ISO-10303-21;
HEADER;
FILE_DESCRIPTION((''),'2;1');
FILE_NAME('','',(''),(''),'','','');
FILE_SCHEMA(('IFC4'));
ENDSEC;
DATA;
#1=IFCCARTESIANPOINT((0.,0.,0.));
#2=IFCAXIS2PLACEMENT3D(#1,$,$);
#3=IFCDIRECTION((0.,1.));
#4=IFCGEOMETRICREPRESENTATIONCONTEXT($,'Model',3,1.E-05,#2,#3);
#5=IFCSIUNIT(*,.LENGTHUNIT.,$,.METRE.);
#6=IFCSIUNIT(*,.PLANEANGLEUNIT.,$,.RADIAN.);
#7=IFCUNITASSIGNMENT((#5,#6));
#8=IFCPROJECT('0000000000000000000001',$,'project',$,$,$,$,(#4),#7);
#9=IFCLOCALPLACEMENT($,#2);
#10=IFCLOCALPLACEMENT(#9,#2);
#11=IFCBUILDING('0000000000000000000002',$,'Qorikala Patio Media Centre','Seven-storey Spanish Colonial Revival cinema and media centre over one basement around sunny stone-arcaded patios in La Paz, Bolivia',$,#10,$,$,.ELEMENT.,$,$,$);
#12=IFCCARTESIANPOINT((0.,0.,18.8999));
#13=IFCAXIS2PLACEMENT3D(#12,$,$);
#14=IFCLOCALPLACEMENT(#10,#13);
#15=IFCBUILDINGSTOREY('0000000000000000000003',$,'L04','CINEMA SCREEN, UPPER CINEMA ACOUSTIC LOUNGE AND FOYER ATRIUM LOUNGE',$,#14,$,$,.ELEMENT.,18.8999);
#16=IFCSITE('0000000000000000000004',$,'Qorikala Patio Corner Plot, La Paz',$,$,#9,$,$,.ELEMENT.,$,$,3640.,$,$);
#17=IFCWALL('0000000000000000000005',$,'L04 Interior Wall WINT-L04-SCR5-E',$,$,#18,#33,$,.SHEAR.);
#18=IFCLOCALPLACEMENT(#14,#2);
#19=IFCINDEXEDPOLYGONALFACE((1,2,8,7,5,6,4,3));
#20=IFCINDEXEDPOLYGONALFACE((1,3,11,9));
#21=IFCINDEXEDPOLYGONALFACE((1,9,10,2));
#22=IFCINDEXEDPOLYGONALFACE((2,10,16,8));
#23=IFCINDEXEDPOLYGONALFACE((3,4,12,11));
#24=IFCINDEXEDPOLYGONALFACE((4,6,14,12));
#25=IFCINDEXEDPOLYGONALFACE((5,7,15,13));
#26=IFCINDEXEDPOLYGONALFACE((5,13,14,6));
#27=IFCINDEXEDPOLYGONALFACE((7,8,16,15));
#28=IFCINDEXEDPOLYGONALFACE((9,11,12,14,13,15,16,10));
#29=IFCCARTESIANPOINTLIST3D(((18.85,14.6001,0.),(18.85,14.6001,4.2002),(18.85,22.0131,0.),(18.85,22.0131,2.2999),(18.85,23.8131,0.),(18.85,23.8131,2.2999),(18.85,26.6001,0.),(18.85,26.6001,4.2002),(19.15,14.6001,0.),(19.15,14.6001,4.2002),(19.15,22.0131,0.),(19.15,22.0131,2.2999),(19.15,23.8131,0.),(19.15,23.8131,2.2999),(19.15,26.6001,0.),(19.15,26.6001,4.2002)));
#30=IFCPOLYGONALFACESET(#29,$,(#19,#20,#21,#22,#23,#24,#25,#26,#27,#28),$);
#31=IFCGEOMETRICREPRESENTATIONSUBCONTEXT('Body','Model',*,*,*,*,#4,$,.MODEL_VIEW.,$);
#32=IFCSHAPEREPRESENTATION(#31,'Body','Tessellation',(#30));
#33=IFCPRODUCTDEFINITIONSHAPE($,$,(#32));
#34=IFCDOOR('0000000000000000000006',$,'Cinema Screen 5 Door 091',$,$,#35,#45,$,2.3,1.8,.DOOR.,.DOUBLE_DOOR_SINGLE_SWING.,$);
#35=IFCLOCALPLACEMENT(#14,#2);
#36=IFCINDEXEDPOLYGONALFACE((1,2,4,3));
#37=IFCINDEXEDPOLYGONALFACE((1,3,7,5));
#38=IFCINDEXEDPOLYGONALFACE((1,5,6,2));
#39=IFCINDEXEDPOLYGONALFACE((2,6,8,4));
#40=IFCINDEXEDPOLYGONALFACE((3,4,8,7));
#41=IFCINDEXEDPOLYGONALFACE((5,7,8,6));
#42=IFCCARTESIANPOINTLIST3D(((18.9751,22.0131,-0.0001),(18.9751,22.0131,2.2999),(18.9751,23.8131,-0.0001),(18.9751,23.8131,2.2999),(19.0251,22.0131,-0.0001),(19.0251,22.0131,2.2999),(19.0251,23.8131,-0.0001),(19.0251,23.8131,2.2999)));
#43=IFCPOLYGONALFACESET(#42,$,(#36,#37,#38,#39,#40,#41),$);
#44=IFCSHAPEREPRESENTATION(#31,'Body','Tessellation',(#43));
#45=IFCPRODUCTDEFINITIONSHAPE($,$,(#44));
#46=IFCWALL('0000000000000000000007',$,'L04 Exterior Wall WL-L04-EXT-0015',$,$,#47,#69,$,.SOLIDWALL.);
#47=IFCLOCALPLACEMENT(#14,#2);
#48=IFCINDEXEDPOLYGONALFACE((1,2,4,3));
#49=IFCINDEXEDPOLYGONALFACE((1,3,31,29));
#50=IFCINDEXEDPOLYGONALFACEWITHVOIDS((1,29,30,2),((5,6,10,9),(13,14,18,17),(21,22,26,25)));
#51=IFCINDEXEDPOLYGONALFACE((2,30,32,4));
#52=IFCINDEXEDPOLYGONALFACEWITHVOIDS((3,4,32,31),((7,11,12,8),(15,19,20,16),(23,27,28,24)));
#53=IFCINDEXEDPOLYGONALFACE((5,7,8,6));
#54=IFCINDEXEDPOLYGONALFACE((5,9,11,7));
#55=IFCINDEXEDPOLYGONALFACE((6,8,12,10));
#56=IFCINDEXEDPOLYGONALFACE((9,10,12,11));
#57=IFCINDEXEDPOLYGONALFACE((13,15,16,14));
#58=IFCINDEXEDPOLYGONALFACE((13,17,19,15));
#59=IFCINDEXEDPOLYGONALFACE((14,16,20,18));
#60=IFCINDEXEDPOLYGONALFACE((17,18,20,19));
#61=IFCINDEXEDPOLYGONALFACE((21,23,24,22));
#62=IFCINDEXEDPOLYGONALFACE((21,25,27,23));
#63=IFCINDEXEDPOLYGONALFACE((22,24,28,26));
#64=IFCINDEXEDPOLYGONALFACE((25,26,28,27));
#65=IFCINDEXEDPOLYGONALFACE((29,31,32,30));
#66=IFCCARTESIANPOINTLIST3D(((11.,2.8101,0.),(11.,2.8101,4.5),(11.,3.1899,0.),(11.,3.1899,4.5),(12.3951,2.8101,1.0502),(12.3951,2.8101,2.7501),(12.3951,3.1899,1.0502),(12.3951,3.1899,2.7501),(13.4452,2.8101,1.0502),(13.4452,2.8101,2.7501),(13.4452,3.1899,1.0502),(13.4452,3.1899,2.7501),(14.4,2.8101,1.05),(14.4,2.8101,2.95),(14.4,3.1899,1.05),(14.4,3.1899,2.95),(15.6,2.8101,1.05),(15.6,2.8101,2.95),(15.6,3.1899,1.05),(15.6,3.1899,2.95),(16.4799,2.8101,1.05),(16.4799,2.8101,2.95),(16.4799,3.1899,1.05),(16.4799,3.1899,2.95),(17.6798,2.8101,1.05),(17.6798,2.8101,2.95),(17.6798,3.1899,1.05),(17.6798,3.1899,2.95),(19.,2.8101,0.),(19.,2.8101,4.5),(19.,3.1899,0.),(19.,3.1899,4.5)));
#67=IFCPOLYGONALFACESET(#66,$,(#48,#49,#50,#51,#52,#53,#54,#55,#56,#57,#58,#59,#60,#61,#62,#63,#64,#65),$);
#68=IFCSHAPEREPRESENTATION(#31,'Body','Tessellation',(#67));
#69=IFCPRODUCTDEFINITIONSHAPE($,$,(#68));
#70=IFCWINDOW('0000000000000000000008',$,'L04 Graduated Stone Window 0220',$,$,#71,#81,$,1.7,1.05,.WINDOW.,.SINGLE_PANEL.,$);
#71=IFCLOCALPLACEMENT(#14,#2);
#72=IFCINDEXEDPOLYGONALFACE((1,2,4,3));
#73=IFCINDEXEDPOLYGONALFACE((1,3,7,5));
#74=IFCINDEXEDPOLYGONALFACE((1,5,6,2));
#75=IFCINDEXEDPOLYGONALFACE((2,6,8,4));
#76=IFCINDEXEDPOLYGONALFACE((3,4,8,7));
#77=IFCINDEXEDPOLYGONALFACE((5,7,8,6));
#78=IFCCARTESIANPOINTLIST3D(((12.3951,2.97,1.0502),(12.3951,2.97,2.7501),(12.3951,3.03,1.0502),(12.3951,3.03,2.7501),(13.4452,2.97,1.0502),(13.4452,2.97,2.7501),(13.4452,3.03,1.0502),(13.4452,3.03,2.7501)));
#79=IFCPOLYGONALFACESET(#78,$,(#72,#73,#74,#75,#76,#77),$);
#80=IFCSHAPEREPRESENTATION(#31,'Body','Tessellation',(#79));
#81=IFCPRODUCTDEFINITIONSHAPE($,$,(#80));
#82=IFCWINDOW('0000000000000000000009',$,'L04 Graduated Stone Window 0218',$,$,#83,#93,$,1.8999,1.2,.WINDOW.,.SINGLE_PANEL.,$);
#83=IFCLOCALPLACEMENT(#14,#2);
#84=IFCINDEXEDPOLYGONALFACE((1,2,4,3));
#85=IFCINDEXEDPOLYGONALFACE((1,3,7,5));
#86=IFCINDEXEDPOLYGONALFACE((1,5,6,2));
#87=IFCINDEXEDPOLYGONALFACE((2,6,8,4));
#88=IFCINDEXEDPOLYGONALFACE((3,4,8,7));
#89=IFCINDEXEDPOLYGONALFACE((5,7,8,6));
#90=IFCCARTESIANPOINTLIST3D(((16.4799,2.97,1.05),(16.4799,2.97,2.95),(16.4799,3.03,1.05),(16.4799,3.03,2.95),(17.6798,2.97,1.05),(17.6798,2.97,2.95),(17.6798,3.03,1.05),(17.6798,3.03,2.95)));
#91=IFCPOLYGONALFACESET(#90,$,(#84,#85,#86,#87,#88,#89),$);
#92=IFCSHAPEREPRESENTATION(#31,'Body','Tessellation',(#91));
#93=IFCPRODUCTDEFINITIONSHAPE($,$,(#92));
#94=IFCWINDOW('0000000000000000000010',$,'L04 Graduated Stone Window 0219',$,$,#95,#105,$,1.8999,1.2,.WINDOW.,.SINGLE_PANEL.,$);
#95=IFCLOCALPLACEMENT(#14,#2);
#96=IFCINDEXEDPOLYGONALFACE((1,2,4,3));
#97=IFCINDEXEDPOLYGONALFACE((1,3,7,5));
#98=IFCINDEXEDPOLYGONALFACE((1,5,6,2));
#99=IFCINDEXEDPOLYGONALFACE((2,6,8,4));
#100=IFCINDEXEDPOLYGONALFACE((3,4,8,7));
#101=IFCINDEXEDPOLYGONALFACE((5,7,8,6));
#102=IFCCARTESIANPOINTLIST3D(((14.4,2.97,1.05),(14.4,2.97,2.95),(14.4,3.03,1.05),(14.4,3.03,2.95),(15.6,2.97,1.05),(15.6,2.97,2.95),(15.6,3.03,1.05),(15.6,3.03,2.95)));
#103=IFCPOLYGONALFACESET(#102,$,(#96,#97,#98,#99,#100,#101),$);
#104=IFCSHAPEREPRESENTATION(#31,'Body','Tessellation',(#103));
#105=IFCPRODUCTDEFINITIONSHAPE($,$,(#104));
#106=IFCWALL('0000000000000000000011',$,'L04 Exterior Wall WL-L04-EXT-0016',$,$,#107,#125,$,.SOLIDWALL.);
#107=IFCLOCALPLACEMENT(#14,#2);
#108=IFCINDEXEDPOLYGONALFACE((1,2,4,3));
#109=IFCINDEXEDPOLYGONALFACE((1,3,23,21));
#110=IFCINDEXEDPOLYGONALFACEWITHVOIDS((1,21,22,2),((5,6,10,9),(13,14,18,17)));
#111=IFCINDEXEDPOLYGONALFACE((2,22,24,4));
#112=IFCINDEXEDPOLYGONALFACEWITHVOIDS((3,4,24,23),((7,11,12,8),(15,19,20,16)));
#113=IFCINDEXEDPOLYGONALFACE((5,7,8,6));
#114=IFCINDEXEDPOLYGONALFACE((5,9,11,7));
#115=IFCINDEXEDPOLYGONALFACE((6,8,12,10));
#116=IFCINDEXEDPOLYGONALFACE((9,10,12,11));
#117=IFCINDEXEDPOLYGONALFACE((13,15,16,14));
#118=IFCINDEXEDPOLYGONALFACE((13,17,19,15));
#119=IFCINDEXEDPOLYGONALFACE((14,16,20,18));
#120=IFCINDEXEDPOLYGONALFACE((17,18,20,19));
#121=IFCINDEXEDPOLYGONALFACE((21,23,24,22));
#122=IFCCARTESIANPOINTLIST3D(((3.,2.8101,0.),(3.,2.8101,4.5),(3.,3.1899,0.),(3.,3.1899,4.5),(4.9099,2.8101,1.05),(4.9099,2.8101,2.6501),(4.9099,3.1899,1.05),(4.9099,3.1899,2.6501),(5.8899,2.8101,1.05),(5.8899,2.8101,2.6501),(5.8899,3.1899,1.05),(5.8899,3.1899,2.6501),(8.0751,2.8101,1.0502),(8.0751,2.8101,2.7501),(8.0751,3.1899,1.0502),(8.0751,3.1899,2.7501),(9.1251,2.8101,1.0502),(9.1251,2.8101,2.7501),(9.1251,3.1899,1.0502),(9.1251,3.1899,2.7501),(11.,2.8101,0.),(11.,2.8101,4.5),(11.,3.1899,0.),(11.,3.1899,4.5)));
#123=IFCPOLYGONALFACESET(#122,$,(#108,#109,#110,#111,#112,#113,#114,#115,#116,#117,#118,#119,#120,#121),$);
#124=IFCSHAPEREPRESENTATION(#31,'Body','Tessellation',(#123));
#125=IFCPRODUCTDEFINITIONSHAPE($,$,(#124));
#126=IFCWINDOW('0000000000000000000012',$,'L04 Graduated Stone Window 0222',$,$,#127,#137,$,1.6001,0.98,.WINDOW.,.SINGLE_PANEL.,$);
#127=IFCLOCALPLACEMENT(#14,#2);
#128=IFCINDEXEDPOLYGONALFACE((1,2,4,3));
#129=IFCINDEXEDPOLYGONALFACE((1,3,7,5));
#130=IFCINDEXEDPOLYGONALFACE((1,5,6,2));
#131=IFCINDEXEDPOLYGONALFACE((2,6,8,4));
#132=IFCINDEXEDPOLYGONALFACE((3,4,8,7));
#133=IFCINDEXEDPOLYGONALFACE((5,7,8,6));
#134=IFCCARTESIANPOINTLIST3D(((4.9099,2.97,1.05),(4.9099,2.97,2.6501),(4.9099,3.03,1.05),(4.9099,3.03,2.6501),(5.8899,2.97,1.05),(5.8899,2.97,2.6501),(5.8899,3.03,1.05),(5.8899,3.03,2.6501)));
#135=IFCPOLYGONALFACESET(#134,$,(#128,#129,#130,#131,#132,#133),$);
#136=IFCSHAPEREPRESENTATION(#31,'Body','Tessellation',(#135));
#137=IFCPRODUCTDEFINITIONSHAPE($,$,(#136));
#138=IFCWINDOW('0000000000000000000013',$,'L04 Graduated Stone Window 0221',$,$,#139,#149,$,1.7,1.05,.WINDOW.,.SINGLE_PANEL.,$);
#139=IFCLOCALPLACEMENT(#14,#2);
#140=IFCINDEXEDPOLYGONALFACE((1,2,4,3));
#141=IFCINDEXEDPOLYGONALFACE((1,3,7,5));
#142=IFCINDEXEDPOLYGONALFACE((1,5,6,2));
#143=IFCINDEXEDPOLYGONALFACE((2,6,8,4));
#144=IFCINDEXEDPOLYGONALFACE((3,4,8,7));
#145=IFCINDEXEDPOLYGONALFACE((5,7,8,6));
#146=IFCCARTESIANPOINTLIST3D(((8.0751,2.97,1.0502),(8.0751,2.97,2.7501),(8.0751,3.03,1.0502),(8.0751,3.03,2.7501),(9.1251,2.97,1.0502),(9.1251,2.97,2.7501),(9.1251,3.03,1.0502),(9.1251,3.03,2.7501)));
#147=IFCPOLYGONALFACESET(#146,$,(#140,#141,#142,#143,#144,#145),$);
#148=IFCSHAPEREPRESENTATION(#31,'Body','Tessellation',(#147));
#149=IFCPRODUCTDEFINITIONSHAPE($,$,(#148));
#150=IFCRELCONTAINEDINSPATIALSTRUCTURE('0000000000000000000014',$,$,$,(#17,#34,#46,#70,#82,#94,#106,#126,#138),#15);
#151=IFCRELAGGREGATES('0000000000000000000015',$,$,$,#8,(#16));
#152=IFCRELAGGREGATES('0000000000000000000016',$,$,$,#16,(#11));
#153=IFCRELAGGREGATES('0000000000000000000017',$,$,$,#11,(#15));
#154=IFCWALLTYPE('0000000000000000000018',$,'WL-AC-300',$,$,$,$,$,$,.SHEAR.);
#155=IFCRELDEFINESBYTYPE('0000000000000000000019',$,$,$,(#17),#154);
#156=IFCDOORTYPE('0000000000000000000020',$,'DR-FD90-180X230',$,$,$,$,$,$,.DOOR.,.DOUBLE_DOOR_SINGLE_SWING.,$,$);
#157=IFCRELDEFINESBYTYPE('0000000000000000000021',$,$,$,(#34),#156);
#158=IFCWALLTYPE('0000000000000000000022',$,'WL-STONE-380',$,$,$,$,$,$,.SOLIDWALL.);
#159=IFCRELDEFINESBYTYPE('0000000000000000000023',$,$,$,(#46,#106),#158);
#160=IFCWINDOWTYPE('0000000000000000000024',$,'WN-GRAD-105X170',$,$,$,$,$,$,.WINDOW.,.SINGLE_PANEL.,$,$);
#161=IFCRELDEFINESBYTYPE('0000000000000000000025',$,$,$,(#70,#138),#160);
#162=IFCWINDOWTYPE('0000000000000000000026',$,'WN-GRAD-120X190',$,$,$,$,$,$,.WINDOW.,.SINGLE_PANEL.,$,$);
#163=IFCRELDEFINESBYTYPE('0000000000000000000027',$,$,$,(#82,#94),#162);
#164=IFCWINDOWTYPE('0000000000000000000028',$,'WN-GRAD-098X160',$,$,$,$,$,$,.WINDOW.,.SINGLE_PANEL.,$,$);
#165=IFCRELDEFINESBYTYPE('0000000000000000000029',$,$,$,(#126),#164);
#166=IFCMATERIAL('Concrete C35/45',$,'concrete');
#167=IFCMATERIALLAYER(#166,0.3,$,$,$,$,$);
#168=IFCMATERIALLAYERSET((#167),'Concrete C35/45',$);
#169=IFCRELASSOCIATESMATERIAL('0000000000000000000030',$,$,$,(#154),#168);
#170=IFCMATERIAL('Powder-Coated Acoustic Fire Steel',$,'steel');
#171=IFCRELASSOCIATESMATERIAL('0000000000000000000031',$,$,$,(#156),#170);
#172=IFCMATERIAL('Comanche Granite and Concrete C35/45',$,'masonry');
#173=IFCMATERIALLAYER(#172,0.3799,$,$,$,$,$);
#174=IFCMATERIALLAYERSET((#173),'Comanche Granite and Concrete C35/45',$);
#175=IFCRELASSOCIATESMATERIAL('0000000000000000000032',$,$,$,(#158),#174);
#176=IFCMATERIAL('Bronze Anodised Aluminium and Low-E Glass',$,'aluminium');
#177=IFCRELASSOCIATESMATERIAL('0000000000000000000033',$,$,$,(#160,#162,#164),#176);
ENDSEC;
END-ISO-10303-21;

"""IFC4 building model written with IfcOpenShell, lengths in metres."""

from ifc_helpers import new_model, si_unit, direction, frame, frame_2d, origin, place, context, subcontext, project, spatial, rectangle, extrude, material, layer, layer_set, type_object, element, fill, save


model = new_model("IFC4")

# Units and contexts
model_context = context("Model", 3, precision=1e-05, world=origin(), true_north=direction((0.0, 1.0)))
body_context = subcontext(model_context, "Body", "Model", "MODEL_VIEW")
ifc_project = project(units=[si_unit("LENGTHUNIT", "METRE"), si_unit("PLANEANGLEUNIT", "RADIAN")], contexts=[model_context])

# Site, building, storey
site_placement = place(None, origin())
site = spatial("IfcSite", under=ifc_project, at=site_placement, Name="Qorikala Patio Corner Plot, La Paz", CompositionType="ELEMENT", RefElevation=3640.0)
building_placement = place(site_placement, origin())
building = spatial("IfcBuilding", under=site, at=building_placement, Name="Qorikala Patio Media Centre", Description="Seven-storey Spanish Colonial Revival cinema and media centre over one basement around sunny stone-arcaded patios in La Paz, Bolivia", CompositionType="ELEMENT")
storey_placement = place(building_placement, frame((0.0, 0.0, 18.8999)))
storey = spatial("IfcBuildingStorey", under=building, at=storey_placement, Name="L04", Description="CINEMA SCREEN, UPPER CINEMA ACOUSTIC LOUNGE AND FOYER ATRIUM LOUNGE", CompositionType="ELEMENT", Elevation=18.8999)

# Shared definitions
ifc_material_1 = material(Name="Concrete C35/45", Category="concrete")

# Wall, opening, door
ifc_layer_1 = layer(ifc_material_1, 0.3)
ifc_layer_set_1 = layer_set([ifc_layer_1], Name="Concrete C35/45")
wall_type_1 = type_object("IfcWallType", Name="WL-AC-300", PredefinedType="SHEAR", material=ifc_layer_set_1)
wall_1_placement = place(storey_placement, frame((19.0, 14.6001, 0.0), z_axis=(0.0, 0.0, 1.0), x_axis=(0.0, 1.0, 0.0)))
wall_1 = element("IfcWall", 1, at=wall_1_placement, inside=storey, type_object=wall_type_1, Name="L04 Interior Wall WINT-L04-SCR5-E", PredefinedType="SHEAR", context=body_context, shape_type="SweptSolid", body=[
    extrude(rectangle(XDim=12.0, YDim=0.3, at=frame_2d((6.0, 0.0))), origin(), (0.0, 0.0, 1.0), 4.2002),
])
opening_1_placement = place(wall_1_placement, frame((7.4131, 0.0, 0.0)))
opening_1 = element("IfcOpeningElement", 2, at=opening_1_placement, cuts=wall_1, PredefinedType="OPENING", context=body_context, shape_type="SweptSolid", body=[
    extrude(rectangle(XDim=1.8, YDim=2.3, at=frame_2d((0.8999, 1.1499))), frame((0.0, 0.1599, 0.0), z_axis=(0.0, -1.0, 0.0), x_axis=(1.0, 0.0, 0.0)), (0.0, 0.0, 1.0), 0.3201),
])
ifc_material_2 = material(Name="Powder-Coated Acoustic Fire Steel", Category="steel")
door_type = type_object("IfcDoorType", Name="DR-FD90-180X230", OperationType="DOUBLE_DOOR_SINGLE_SWING", PredefinedType="DOOR", material=ifc_material_2)
door_placement = place(opening_1_placement, origin())
door = element("IfcDoor", 3, at=door_placement, inside=storey, type_object=door_type, Name="Cinema Screen 5 Door 091", OperationType="DOUBLE_DOOR_SINGLE_SWING", OverallHeight=2.3, OverallWidth=1.8, PredefinedType="DOOR", context=body_context, shape_type="SweptSolid", body=[
    extrude(rectangle(XDim=1.8, YDim=2.3, at=frame_2d((0.8999, 1.1499))), frame((0.0, 0.0249, 0.0), z_axis=(0.0, -1.0, 0.0), x_axis=(1.0, 0.0, 0.0)), (0.0, 0.0, 1.0), 0.05),
])
fill(opening_1, door)

# Walls, openings, windows
ifc_material_3 = material(Name="Comanche Granite and Concrete C35/45", Category="masonry")
ifc_layer_2 = layer(ifc_material_3, 0.3799)
ifc_layer_set_2 = layer_set([ifc_layer_2], Name="Comanche Granite and Concrete C35/45")
wall_type_2 = type_object("IfcWallType", Name="WL-STONE-380", PredefinedType="SOLIDWALL", material=ifc_layer_set_2)
wall_2_placement = place(storey_placement, frame((19.0, 3.0, 0.0), z_axis=(0.0, 0.0, 1.0), x_axis=(-1.0, 0.0, 0.0)))
wall_2 = element("IfcWall", 4, at=wall_2_placement, inside=storey, type_object=wall_type_2, Name="L04 Exterior Wall WL-L04-EXT-0015", PredefinedType="SOLIDWALL", context=body_context, shape_type="SweptSolid", body=[
    extrude(rectangle(XDim=8.0, YDim=0.3799, at=frame_2d((4.0, 0.0))), origin(), (0.0, 0.0, 1.0), 4.5),
])
opening_2_placement = place(wall_2_placement, frame((1.3201, 0.0, 1.05)))
opening_2 = element("IfcOpeningElement", 5, at=opening_2_placement, cuts=wall_2, PredefinedType="OPENING", context=body_context, shape_type="SweptSolid", body=[
    extrude(rectangle(XDim=1.2, YDim=1.8999, at=frame_2d((0.6001, 0.95))), frame((0.0, 0.2, 0.0), z_axis=(0.0, -1.0, 0.0), x_axis=(1.0, 0.0, 0.0)), (0.0, 0.0, 1.0), 0.3999),
])
opening_3_placement = place(wall_2_placement, frame((3.3999, 0.0, 1.05)))
opening_3 = element("IfcOpeningElement", 6, at=opening_3_placement, cuts=wall_2, PredefinedType="OPENING", context=body_context, shape_type="SweptSolid", body=[
    extrude(rectangle(XDim=1.2, YDim=1.8999, at=frame_2d((0.6001, 0.95))), frame((0.0, 0.2, 0.0), z_axis=(0.0, -1.0, 0.0), x_axis=(1.0, 0.0, 0.0)), (0.0, 0.0, 1.0), 0.3999),
])
opening_4_placement = place(wall_2_placement, frame((5.5549, 0.0, 1.05)))
opening_4 = element("IfcOpeningElement", 7, at=opening_4_placement, cuts=wall_2, PredefinedType="OPENING", context=body_context, shape_type="SweptSolid", body=[
    extrude(rectangle(XDim=1.05, YDim=1.7, at=frame_2d((0.5249, 0.8501))), frame((0.0, 0.2, 0.0), z_axis=(0.0, -1.0, 0.0), x_axis=(1.0, 0.0, 0.0)), (0.0, 0.0, 1.0), 0.3999),
])
ifc_material_4 = material(Name="Bronze Anodised Aluminium and Low-E Glass", Category="aluminium")
window_type_1 = type_object("IfcWindowType", Name="WN-GRAD-105X170", PartitioningType="SINGLE_PANEL", PredefinedType="WINDOW", material=ifc_material_4)
window_1_placement = place(opening_4_placement, origin())
window_1 = element("IfcWindow", 8, at=window_1_placement, inside=storey, type_object=window_type_1, Name="L04 Graduated Stone Window 0220", OverallHeight=1.7, OverallWidth=1.05, PartitioningType="SINGLE_PANEL", PredefinedType="WINDOW", context=body_context, shape_type="SweptSolid", body=[
    extrude(rectangle(XDim=1.05, YDim=1.7, at=frame_2d((0.5249, 0.8501))), frame((0.0, 0.03, 0.0), z_axis=(0.0, -1.0, 0.0), x_axis=(1.0, 0.0, 0.0)), (0.0, 0.0, 1.0), 0.0601),
])
fill(opening_4, window_1)
window_type_2 = type_object("IfcWindowType", Name="WN-GRAD-120X190", PartitioningType="SINGLE_PANEL", PredefinedType="WINDOW", material=ifc_material_4)
window_2_placement = place(opening_2_placement, origin())
window_2 = element("IfcWindow", 9, at=window_2_placement, inside=storey, type_object=window_type_2, Name="L04 Graduated Stone Window 0218", OverallHeight=1.8999, OverallWidth=1.2, PartitioningType="SINGLE_PANEL", PredefinedType="WINDOW", context=body_context, shape_type="SweptSolid", body=[
    extrude(rectangle(XDim=1.2, YDim=1.8999, at=frame_2d((0.6001, 0.95))), frame((0.0, 0.03, 0.0), z_axis=(0.0, -1.0, 0.0), x_axis=(1.0, 0.0, 0.0)), (0.0, 0.0, 1.0), 0.0601),
])
fill(opening_2, window_2)
window_3_placement = place(opening_3_placement, origin())
window_3 = element("IfcWindow", 10, at=window_3_placement, inside=storey, type_object=window_type_2, Name="L04 Graduated Stone Window 0219", OverallHeight=1.8999, OverallWidth=1.2, PartitioningType="SINGLE_PANEL", PredefinedType="WINDOW", context=body_context, shape_type="SweptSolid", body=[
    extrude(rectangle(XDim=1.2, YDim=1.8999, at=frame_2d((0.6001, 0.95))), frame((0.0, 0.03, 0.0), z_axis=(0.0, -1.0, 0.0), x_axis=(1.0, 0.0, 0.0)), (0.0, 0.0, 1.0), 0.0601),
])
fill(opening_3, window_3)
wall_3_placement = place(storey_placement, frame((11.0, 3.0, 0.0), z_axis=(0.0, 0.0, 1.0), x_axis=(-1.0, 0.0, 0.0)))
wall_3 = element("IfcWall", 11, at=wall_3_placement, inside=storey, type_object=wall_type_2, Name="L04 Exterior Wall WL-L04-EXT-0016", PredefinedType="SOLIDWALL", context=body_context, shape_type="SweptSolid", body=[
    extrude(rectangle(XDim=8.0, YDim=0.3799, at=frame_2d((4.0, 0.0))), origin(), (0.0, 0.0, 1.0), 4.5),
])
opening_5_placement = place(wall_3_placement, frame((1.875, 0.0, 1.05)))
opening_5 = element("IfcOpeningElement", 12, at=opening_5_placement, cuts=wall_3, PredefinedType="OPENING", context=body_context, shape_type="SweptSolid", body=[
    extrude(rectangle(XDim=1.05, YDim=1.7, at=frame_2d((0.5249, 0.8501))), frame((0.0, 0.2, 0.0), z_axis=(0.0, -1.0, 0.0), x_axis=(1.0, 0.0, 0.0)), (0.0, 0.0, 1.0), 0.3999),
])
opening_6_placement = place(wall_3_placement, frame((5.1101, 0.0, 1.05)))
opening_6 = element("IfcOpeningElement", 13, at=opening_6_placement, cuts=wall_3, PredefinedType="OPENING", context=body_context, shape_type="SweptSolid", body=[
    extrude(rectangle(XDim=0.98, YDim=1.6001, at=frame_2d((0.49, 0.8))), frame((0.0, 0.2, 0.0), z_axis=(0.0, -1.0, 0.0), x_axis=(1.0, 0.0, 0.0)), (0.0, 0.0, 1.0), 0.3999),
])
window_type_3 = type_object("IfcWindowType", Name="WN-GRAD-098X160", PartitioningType="SINGLE_PANEL", PredefinedType="WINDOW", material=ifc_material_4)
window_4_placement = place(opening_6_placement, origin())
window_4 = element("IfcWindow", 14, at=window_4_placement, inside=storey, type_object=window_type_3, Name="L04 Graduated Stone Window 0222", OverallHeight=1.6001, OverallWidth=0.98, PartitioningType="SINGLE_PANEL", PredefinedType="WINDOW", context=body_context, shape_type="SweptSolid", body=[
    extrude(rectangle(XDim=0.98, YDim=1.6001, at=frame_2d((0.49, 0.8))), frame((0.0, 0.03, 0.0), z_axis=(0.0, -1.0, 0.0), x_axis=(1.0, 0.0, 0.0)), (0.0, 0.0, 1.0), 0.0601),
])
fill(opening_6, window_4)
window_5_placement = place(opening_5_placement, origin())
window_5 = element("IfcWindow", 15, at=window_5_placement, inside=storey, type_object=window_type_1, Name="L04 Graduated Stone Window 0221", OverallHeight=1.7, OverallWidth=1.05, PartitioningType="SINGLE_PANEL", PredefinedType="WINDOW", context=body_context, shape_type="SweptSolid", body=[
    extrude(rectangle(XDim=1.05, YDim=1.7, at=frame_2d((0.5249, 0.8501))), frame((0.0, 0.03, 0.0), z_axis=(0.0, -1.0, 0.0), x_axis=(1.0, 0.0, 0.0)), (0.0, 0.0, 1.0), 0.0601),
])
fill(opening_5, window_5)

save(model, "model.ifc")
